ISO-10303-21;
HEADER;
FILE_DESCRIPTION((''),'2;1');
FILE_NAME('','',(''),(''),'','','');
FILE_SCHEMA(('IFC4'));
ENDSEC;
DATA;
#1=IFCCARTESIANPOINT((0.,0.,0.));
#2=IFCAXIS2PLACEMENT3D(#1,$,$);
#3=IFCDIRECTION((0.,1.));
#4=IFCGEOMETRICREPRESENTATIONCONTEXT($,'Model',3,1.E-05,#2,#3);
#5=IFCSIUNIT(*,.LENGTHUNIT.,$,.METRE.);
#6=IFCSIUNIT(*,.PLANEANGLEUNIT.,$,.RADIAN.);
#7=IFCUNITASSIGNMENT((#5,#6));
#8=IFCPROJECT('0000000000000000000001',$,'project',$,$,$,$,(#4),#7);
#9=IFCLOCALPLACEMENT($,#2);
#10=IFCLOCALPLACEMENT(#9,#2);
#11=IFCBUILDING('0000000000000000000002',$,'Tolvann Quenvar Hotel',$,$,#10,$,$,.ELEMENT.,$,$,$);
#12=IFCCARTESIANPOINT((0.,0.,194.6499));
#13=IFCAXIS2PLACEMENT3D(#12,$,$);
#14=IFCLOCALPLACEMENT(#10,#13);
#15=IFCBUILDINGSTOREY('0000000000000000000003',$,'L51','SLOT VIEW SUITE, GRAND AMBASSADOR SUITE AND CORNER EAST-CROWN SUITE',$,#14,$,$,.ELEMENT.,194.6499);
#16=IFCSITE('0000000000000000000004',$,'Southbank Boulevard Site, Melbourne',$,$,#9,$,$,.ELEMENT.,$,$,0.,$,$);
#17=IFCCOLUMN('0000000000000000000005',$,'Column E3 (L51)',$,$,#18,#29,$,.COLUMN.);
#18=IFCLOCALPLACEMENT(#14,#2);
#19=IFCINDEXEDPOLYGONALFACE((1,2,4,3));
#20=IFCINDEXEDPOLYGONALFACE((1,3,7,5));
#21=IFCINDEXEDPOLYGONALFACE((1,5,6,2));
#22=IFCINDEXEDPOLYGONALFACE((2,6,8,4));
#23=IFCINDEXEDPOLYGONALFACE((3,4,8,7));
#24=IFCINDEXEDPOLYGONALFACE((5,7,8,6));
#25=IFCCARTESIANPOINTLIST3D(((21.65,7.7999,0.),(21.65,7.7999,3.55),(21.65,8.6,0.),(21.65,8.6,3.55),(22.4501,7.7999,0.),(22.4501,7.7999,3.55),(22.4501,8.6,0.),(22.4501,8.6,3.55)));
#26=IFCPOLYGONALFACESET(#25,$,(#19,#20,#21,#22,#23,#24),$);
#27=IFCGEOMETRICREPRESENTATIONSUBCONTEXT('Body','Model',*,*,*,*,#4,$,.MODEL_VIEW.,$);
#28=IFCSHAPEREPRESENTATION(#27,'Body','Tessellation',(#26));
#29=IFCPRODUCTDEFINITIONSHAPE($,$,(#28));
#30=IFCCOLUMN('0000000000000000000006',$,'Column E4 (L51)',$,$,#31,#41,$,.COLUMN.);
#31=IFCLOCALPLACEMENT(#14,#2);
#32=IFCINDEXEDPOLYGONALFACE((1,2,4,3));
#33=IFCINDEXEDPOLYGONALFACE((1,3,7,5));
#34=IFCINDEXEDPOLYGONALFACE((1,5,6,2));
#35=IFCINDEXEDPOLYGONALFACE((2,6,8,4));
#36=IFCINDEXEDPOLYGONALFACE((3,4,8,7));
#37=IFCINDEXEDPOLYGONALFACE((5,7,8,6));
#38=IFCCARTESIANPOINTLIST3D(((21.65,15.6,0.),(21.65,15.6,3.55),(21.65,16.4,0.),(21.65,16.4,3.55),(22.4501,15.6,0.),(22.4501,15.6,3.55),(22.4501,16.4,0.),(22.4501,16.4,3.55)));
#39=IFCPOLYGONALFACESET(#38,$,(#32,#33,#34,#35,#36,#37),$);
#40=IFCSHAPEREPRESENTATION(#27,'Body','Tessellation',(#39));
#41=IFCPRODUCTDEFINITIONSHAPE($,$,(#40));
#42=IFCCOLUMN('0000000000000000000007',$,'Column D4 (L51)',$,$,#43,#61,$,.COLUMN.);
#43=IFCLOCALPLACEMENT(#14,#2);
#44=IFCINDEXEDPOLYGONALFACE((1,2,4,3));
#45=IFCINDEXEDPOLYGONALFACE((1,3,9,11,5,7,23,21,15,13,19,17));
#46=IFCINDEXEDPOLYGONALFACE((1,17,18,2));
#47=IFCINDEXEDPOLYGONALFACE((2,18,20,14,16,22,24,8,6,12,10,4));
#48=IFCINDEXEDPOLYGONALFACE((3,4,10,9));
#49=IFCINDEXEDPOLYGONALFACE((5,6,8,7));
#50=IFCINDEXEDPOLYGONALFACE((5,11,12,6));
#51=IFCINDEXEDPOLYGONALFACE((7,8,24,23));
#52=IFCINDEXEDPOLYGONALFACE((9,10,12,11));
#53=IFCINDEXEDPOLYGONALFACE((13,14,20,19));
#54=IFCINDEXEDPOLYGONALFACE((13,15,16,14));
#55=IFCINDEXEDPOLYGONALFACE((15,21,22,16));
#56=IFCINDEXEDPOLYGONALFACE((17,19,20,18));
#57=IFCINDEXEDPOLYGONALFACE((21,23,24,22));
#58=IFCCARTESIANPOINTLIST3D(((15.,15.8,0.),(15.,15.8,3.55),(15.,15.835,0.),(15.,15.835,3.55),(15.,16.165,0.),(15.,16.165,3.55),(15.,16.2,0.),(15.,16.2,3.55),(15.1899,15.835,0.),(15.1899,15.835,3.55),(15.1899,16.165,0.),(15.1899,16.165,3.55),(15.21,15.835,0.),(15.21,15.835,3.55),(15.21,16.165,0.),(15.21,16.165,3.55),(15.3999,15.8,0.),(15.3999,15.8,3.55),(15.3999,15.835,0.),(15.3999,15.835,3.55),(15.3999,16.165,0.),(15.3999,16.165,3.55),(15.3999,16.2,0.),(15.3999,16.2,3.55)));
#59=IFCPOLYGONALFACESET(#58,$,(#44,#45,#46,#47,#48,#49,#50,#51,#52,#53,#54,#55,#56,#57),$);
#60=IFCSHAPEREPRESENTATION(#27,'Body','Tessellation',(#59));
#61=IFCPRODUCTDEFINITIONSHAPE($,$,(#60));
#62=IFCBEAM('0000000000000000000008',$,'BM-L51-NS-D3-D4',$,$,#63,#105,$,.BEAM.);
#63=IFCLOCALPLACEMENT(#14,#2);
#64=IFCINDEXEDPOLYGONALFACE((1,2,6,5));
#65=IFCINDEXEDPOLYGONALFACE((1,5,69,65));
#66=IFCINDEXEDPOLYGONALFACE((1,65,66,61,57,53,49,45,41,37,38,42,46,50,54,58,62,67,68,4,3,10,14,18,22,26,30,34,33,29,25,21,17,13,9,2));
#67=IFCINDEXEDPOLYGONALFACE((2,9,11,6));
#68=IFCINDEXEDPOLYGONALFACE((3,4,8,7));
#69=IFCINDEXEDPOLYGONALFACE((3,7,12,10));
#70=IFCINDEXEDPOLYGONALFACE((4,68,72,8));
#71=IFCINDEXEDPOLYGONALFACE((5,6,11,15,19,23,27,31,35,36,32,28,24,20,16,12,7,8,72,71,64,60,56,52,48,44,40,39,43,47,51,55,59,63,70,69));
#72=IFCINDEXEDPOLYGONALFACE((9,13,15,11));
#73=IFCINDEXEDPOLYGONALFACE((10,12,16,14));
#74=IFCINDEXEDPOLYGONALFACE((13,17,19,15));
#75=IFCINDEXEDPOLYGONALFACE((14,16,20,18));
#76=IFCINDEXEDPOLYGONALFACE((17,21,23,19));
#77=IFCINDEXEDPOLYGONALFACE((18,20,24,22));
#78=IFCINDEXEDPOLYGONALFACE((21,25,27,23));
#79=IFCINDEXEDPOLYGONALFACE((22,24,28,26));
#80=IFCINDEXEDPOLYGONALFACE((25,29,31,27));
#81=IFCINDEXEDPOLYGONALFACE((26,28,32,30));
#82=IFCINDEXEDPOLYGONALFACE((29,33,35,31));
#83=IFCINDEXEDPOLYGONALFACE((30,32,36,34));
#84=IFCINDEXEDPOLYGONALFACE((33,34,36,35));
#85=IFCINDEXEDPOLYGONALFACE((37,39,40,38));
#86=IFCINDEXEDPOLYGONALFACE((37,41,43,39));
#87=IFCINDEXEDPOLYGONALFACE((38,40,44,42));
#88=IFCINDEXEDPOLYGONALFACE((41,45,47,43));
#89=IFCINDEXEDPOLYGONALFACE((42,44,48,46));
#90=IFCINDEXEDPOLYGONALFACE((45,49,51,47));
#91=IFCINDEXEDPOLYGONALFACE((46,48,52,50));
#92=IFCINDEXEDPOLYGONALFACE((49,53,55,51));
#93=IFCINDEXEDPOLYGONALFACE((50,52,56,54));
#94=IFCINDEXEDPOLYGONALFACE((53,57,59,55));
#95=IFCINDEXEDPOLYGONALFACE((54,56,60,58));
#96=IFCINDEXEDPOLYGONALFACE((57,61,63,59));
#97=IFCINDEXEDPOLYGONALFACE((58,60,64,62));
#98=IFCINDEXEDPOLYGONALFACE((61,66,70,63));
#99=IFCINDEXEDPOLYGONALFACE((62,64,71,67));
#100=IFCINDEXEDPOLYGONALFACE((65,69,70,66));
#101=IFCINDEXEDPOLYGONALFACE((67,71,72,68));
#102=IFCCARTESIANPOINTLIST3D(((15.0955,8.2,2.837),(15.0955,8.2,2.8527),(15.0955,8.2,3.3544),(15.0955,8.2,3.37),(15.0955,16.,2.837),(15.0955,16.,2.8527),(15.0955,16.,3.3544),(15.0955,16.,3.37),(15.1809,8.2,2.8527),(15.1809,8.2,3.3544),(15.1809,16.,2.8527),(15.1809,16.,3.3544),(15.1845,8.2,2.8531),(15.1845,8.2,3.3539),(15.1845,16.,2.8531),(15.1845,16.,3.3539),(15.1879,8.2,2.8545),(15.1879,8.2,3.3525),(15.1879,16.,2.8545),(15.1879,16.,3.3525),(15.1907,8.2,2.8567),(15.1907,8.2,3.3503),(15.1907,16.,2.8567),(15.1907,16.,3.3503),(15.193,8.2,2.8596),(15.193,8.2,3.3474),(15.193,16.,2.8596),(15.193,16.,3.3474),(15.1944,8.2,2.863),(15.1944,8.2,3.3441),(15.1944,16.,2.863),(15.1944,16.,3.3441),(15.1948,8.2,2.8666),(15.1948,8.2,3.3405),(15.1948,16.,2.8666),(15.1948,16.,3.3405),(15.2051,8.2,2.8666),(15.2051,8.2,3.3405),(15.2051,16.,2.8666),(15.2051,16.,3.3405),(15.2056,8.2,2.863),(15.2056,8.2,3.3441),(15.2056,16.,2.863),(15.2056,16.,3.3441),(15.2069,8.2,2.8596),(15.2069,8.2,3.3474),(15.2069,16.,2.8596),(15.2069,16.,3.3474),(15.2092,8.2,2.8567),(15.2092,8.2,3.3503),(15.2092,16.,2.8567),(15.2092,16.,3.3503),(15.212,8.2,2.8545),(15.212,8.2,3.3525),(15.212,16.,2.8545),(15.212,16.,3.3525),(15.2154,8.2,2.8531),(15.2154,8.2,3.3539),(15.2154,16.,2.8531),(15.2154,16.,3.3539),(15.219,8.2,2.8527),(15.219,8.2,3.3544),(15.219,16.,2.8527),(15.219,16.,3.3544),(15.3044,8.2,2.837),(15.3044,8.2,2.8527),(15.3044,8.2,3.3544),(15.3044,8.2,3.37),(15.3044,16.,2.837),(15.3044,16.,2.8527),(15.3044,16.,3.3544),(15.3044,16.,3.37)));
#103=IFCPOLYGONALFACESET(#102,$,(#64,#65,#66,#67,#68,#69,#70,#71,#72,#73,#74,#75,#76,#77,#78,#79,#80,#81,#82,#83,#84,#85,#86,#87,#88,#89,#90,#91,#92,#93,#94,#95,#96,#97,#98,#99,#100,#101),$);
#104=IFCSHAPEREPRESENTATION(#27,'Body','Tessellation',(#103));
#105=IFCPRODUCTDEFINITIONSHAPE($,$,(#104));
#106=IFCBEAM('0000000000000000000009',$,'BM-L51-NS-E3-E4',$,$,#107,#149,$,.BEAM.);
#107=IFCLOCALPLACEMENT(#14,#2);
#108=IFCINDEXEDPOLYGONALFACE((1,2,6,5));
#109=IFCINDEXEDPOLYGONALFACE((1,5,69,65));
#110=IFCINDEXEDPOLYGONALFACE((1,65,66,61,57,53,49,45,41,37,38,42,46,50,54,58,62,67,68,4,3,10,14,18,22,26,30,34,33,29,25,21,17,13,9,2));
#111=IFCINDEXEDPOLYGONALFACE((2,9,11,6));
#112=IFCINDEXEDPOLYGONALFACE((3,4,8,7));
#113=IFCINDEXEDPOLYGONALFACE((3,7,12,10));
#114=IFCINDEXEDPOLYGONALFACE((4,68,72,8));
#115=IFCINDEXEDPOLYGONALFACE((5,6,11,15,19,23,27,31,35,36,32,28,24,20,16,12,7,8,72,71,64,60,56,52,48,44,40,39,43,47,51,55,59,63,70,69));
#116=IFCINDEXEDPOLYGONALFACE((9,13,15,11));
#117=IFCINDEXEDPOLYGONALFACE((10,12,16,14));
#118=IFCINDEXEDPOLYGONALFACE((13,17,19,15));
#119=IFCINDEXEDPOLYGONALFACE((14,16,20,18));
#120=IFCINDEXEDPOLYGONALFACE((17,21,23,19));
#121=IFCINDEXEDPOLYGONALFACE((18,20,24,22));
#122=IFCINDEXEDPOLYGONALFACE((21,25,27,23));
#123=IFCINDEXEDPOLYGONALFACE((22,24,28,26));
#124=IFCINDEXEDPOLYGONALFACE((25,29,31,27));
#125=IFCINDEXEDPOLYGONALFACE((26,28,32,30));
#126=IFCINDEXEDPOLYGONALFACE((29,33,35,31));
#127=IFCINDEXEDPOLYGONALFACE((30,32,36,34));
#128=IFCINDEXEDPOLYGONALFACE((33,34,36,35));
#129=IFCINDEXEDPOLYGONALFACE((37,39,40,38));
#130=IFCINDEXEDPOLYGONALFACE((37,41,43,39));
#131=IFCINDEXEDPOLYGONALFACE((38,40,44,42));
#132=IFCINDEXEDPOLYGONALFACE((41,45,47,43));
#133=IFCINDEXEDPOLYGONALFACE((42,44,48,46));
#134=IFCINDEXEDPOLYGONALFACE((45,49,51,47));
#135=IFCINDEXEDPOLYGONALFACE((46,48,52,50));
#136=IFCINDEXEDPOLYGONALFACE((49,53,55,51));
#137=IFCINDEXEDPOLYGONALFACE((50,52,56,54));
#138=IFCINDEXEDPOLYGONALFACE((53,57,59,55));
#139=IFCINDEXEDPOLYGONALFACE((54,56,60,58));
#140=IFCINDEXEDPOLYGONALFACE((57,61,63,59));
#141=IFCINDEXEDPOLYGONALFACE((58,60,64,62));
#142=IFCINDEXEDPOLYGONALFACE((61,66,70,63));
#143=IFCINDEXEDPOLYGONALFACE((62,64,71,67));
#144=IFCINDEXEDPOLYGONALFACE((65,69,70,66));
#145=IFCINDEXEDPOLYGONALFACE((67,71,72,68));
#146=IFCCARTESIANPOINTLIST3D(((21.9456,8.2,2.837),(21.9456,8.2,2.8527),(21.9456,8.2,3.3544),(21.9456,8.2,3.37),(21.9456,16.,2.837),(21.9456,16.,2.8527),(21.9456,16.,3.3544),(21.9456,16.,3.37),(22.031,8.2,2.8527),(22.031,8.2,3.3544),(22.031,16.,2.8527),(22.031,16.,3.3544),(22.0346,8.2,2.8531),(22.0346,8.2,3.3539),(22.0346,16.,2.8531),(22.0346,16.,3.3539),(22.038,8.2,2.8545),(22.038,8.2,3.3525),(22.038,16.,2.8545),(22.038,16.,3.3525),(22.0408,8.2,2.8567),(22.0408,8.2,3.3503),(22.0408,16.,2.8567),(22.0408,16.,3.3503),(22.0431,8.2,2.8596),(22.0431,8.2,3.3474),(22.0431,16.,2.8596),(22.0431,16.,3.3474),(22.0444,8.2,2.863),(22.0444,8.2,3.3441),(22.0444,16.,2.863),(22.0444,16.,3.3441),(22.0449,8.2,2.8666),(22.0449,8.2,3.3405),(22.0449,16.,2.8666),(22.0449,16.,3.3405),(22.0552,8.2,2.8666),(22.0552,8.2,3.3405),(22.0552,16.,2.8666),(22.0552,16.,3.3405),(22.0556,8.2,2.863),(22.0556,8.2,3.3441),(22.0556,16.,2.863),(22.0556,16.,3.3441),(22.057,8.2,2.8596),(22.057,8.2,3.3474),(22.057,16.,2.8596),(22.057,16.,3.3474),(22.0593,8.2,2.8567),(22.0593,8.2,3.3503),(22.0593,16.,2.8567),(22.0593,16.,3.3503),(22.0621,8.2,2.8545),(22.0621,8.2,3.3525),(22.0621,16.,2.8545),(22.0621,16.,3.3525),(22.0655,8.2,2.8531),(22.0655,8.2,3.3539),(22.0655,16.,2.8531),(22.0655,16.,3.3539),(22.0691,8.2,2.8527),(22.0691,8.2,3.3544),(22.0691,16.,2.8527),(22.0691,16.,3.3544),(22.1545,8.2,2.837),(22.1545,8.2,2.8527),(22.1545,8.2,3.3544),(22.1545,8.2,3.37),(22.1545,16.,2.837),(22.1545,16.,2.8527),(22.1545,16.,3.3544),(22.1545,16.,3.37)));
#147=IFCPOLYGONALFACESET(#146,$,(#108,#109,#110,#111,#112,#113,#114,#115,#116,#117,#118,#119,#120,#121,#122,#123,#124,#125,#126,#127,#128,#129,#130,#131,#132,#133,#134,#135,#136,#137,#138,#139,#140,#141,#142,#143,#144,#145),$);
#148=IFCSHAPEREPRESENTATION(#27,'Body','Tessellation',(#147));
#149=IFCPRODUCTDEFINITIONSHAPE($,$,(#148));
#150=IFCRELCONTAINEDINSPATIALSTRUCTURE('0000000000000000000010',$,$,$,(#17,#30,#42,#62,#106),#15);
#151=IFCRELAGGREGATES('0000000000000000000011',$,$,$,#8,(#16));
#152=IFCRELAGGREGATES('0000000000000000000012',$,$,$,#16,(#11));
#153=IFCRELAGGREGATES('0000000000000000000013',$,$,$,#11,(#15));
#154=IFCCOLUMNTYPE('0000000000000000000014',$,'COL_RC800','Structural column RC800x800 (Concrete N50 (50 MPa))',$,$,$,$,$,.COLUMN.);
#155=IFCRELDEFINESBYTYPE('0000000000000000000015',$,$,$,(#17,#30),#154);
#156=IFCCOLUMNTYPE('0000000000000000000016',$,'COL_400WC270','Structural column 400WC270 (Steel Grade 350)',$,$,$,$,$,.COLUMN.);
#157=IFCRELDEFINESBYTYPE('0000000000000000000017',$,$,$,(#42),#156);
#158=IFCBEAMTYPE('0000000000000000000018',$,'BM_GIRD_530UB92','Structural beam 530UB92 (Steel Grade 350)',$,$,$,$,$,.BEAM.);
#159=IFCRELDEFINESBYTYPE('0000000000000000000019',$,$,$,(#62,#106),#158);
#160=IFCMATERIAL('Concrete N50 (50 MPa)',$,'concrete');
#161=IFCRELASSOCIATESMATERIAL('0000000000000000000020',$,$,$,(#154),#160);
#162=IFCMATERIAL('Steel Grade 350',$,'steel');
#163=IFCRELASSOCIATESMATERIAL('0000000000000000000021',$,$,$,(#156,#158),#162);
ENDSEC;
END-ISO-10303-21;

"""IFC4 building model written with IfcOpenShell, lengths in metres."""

from ifc_helpers import new_model, si_unit, direction, frame, origin, origin_2d, place, context, subcontext, project, spatial, rectangle, i_section, extrude, source, transform, mapped, material, material_profile, profile_set, type_object, type_shapes, element, save


model = new_model("IFC4")

# Units and contexts
model_context = context("Model", 3, precision=1e-05, world=origin(), true_north=direction((0.0, 1.0)))
body_context = subcontext(model_context, "Body", "Model", "MODEL_VIEW")
ifc_project = project(units=[si_unit("LENGTHUNIT", "METRE"), si_unit("PLANEANGLEUNIT", "RADIAN")], contexts=[model_context])

# Site, building, storey
site_placement = place(None, origin())
site = spatial("IfcSite", under=ifc_project, at=site_placement, Name="Southbank Boulevard Site, Melbourne", CompositionType="ELEMENT", RefElevation=0.0)
building_placement = place(site_placement, origin())
building = spatial("IfcBuilding", under=site, at=building_placement, Name="Tolvann Quenvar Hotel", CompositionType="ELEMENT")
storey_placement = place(building_placement, frame((0.0, 0.0, 194.6499)))
storey = spatial("IfcBuildingStorey", under=building, at=storey_placement, Name="L51", Description="SLOT VIEW SUITE, GRAND AMBASSADOR SUITE AND CORNER EAST-CROWN SUITE", CompositionType="ELEMENT", Elevation=194.6499)

# Columns
ifc_material_1 = material(Name="Concrete N50 (50 MPa)", Category="concrete")
ifc_material_profile_1 = material_profile(ifc_material_1, rectangle(XDim=0.8, YDim=0.8, at=origin_2d()), Name="RC800x800")
ifc_profile_set_1 = profile_set([ifc_material_profile_1], Name="Concrete N50 (50 MPa)")
column_type_1 = type_object("IfcColumnType", Name="COL_RC800", Description="Structural column RC800x800 (Concrete N50 (50 MPa))", PredefinedType="COLUMN", material=ifc_profile_set_1)
shared_shape_1 = source(origin(), body_context, "Body", "SweptSolid", [
    extrude(rectangle(XDim=0.8, YDim=0.8, at=origin_2d()), origin(), (0.0, 0.0, 1.0), 3.55),
])
type_shapes(column_type_1, [shared_shape_1])
for number, where, z_axis, x_axis, name in (
    (1, (22.05, 8.2, 0.0), (0.0, 0.0, 1.0), (1.0, 0.0, 0.0), "Column E3 (L51)"),
    (2, (22.05, 16.0, 0.0), (0.0, 0.0, 1.0), (1.0, 0.0, 0.0), "Column E4 (L51)"),
):
    element("IfcColumn", number, at=place(storey_placement, frame(where, z_axis=z_axis, x_axis=x_axis)), inside=storey, type_object=column_type_1, Name=name, PredefinedType="COLUMN", context=body_context, shape_type="MappedRepresentation", body=[
        mapped(shared_shape_1, transform((0.0, 0.0, 0.0), x_axis=(1.0, 0.0, 0.0), y_axis=(0.0, 1.0, 0.0), z_axis=(0.0, 0.0, 1.0), scale=1.0)),
    ])
ifc_material_2 = material(Name="Steel Grade 350", Category="steel")
ifc_material_profile_2 = material_profile(ifc_material_2, i_section(OverallWidth=0.3999, OverallDepth=0.3999, WebThickness=0.02, FlangeThickness=0.0349, at=origin_2d()), Name="400WC270")
ifc_profile_set_2 = profile_set([ifc_material_profile_2], Name="Steel Grade 350")
column_type_2 = type_object("IfcColumnType", Name="COL_400WC270", Description="Structural column 400WC270 (Steel Grade 350)", PredefinedType="COLUMN", material=ifc_profile_set_2)
shared_shape_2 = source(origin(), body_context, "Body", "SweptSolid", [
    extrude(i_section(OverallWidth=0.3999, OverallDepth=0.3999, WebThickness=0.02, FlangeThickness=0.0349, at=origin_2d()), origin(), (0.0, 0.0, 1.0), 3.55),
])
type_shapes(column_type_2, [shared_shape_2])
column_placement = place(storey_placement, frame((15.2, 16.0, 0.0), z_axis=(0.0, 0.0, 1.0), x_axis=(1.0, 0.0, 0.0)))
element("IfcColumn", 3, at=column_placement, inside=storey, type_object=column_type_2, Name="Column D4 (L51)", PredefinedType="COLUMN", context=body_context, shape_type="MappedRepresentation", body=[
    mapped(shared_shape_2, transform((0.0, 0.0, 0.0), x_axis=(1.0, 0.0, 0.0), y_axis=(0.0, 1.0, 0.0), z_axis=(0.0, 0.0, 1.0), scale=1.0)),
])

# Beams
ifc_material_profile_3 = material_profile(ifc_material_2, i_section(OverallWidth=0.209, OverallDepth=0.533, WebThickness=0.0103, FlangeThickness=0.0156, FilletRadius=0.0139, at=origin_2d()), Name="530UB92")
ifc_profile_set_3 = profile_set([ifc_material_profile_3], Name="Steel Grade 350")
beam_type_1 = type_object("IfcBeamType", Name="BM_GIRD_530UB92", Description="Structural beam 530UB92 (Steel Grade 350)", PredefinedType="BEAM", material=ifc_profile_set_3)
shared_shape_3 = source(origin(), body_context, "Body", "SweptSolid", [
    extrude(i_section(OverallWidth=0.209, OverallDepth=0.533, WebThickness=0.0103, FlangeThickness=0.0156, FilletRadius=0.0139, at=origin_2d()), origin(), (0.0, 0.0, 1.0), 7.8),
])
for number, where, z_axis, x_axis, name in (
    (4, (15.2, 8.2, 3.1035), (0.0, 1.0, 0.0), (-1.0, 0.0, 0.0), "BM-L51-NS-D3-D4"),
    (5, (22.05, 8.2, 3.1035), (0.0, 1.0, 0.0), (-1.0, 0.0, 0.0), "BM-L51-NS-E3-E4"),
):
    element("IfcBeam", number, at=place(storey_placement, frame(where, z_axis=z_axis, x_axis=x_axis)), inside=storey, type_object=beam_type_1, Name=name, PredefinedType="BEAM", context=body_context, shape_type="MappedRepresentation", body=[
        mapped(shared_shape_3, transform((0.0, 0.0, 0.0), x_axis=(1.0, 0.0, 0.0), y_axis=(0.0, 1.0, 0.0), z_axis=(0.0, 0.0, 1.0), scale=1.0)),
    ])

save(model, "model.ifc")
